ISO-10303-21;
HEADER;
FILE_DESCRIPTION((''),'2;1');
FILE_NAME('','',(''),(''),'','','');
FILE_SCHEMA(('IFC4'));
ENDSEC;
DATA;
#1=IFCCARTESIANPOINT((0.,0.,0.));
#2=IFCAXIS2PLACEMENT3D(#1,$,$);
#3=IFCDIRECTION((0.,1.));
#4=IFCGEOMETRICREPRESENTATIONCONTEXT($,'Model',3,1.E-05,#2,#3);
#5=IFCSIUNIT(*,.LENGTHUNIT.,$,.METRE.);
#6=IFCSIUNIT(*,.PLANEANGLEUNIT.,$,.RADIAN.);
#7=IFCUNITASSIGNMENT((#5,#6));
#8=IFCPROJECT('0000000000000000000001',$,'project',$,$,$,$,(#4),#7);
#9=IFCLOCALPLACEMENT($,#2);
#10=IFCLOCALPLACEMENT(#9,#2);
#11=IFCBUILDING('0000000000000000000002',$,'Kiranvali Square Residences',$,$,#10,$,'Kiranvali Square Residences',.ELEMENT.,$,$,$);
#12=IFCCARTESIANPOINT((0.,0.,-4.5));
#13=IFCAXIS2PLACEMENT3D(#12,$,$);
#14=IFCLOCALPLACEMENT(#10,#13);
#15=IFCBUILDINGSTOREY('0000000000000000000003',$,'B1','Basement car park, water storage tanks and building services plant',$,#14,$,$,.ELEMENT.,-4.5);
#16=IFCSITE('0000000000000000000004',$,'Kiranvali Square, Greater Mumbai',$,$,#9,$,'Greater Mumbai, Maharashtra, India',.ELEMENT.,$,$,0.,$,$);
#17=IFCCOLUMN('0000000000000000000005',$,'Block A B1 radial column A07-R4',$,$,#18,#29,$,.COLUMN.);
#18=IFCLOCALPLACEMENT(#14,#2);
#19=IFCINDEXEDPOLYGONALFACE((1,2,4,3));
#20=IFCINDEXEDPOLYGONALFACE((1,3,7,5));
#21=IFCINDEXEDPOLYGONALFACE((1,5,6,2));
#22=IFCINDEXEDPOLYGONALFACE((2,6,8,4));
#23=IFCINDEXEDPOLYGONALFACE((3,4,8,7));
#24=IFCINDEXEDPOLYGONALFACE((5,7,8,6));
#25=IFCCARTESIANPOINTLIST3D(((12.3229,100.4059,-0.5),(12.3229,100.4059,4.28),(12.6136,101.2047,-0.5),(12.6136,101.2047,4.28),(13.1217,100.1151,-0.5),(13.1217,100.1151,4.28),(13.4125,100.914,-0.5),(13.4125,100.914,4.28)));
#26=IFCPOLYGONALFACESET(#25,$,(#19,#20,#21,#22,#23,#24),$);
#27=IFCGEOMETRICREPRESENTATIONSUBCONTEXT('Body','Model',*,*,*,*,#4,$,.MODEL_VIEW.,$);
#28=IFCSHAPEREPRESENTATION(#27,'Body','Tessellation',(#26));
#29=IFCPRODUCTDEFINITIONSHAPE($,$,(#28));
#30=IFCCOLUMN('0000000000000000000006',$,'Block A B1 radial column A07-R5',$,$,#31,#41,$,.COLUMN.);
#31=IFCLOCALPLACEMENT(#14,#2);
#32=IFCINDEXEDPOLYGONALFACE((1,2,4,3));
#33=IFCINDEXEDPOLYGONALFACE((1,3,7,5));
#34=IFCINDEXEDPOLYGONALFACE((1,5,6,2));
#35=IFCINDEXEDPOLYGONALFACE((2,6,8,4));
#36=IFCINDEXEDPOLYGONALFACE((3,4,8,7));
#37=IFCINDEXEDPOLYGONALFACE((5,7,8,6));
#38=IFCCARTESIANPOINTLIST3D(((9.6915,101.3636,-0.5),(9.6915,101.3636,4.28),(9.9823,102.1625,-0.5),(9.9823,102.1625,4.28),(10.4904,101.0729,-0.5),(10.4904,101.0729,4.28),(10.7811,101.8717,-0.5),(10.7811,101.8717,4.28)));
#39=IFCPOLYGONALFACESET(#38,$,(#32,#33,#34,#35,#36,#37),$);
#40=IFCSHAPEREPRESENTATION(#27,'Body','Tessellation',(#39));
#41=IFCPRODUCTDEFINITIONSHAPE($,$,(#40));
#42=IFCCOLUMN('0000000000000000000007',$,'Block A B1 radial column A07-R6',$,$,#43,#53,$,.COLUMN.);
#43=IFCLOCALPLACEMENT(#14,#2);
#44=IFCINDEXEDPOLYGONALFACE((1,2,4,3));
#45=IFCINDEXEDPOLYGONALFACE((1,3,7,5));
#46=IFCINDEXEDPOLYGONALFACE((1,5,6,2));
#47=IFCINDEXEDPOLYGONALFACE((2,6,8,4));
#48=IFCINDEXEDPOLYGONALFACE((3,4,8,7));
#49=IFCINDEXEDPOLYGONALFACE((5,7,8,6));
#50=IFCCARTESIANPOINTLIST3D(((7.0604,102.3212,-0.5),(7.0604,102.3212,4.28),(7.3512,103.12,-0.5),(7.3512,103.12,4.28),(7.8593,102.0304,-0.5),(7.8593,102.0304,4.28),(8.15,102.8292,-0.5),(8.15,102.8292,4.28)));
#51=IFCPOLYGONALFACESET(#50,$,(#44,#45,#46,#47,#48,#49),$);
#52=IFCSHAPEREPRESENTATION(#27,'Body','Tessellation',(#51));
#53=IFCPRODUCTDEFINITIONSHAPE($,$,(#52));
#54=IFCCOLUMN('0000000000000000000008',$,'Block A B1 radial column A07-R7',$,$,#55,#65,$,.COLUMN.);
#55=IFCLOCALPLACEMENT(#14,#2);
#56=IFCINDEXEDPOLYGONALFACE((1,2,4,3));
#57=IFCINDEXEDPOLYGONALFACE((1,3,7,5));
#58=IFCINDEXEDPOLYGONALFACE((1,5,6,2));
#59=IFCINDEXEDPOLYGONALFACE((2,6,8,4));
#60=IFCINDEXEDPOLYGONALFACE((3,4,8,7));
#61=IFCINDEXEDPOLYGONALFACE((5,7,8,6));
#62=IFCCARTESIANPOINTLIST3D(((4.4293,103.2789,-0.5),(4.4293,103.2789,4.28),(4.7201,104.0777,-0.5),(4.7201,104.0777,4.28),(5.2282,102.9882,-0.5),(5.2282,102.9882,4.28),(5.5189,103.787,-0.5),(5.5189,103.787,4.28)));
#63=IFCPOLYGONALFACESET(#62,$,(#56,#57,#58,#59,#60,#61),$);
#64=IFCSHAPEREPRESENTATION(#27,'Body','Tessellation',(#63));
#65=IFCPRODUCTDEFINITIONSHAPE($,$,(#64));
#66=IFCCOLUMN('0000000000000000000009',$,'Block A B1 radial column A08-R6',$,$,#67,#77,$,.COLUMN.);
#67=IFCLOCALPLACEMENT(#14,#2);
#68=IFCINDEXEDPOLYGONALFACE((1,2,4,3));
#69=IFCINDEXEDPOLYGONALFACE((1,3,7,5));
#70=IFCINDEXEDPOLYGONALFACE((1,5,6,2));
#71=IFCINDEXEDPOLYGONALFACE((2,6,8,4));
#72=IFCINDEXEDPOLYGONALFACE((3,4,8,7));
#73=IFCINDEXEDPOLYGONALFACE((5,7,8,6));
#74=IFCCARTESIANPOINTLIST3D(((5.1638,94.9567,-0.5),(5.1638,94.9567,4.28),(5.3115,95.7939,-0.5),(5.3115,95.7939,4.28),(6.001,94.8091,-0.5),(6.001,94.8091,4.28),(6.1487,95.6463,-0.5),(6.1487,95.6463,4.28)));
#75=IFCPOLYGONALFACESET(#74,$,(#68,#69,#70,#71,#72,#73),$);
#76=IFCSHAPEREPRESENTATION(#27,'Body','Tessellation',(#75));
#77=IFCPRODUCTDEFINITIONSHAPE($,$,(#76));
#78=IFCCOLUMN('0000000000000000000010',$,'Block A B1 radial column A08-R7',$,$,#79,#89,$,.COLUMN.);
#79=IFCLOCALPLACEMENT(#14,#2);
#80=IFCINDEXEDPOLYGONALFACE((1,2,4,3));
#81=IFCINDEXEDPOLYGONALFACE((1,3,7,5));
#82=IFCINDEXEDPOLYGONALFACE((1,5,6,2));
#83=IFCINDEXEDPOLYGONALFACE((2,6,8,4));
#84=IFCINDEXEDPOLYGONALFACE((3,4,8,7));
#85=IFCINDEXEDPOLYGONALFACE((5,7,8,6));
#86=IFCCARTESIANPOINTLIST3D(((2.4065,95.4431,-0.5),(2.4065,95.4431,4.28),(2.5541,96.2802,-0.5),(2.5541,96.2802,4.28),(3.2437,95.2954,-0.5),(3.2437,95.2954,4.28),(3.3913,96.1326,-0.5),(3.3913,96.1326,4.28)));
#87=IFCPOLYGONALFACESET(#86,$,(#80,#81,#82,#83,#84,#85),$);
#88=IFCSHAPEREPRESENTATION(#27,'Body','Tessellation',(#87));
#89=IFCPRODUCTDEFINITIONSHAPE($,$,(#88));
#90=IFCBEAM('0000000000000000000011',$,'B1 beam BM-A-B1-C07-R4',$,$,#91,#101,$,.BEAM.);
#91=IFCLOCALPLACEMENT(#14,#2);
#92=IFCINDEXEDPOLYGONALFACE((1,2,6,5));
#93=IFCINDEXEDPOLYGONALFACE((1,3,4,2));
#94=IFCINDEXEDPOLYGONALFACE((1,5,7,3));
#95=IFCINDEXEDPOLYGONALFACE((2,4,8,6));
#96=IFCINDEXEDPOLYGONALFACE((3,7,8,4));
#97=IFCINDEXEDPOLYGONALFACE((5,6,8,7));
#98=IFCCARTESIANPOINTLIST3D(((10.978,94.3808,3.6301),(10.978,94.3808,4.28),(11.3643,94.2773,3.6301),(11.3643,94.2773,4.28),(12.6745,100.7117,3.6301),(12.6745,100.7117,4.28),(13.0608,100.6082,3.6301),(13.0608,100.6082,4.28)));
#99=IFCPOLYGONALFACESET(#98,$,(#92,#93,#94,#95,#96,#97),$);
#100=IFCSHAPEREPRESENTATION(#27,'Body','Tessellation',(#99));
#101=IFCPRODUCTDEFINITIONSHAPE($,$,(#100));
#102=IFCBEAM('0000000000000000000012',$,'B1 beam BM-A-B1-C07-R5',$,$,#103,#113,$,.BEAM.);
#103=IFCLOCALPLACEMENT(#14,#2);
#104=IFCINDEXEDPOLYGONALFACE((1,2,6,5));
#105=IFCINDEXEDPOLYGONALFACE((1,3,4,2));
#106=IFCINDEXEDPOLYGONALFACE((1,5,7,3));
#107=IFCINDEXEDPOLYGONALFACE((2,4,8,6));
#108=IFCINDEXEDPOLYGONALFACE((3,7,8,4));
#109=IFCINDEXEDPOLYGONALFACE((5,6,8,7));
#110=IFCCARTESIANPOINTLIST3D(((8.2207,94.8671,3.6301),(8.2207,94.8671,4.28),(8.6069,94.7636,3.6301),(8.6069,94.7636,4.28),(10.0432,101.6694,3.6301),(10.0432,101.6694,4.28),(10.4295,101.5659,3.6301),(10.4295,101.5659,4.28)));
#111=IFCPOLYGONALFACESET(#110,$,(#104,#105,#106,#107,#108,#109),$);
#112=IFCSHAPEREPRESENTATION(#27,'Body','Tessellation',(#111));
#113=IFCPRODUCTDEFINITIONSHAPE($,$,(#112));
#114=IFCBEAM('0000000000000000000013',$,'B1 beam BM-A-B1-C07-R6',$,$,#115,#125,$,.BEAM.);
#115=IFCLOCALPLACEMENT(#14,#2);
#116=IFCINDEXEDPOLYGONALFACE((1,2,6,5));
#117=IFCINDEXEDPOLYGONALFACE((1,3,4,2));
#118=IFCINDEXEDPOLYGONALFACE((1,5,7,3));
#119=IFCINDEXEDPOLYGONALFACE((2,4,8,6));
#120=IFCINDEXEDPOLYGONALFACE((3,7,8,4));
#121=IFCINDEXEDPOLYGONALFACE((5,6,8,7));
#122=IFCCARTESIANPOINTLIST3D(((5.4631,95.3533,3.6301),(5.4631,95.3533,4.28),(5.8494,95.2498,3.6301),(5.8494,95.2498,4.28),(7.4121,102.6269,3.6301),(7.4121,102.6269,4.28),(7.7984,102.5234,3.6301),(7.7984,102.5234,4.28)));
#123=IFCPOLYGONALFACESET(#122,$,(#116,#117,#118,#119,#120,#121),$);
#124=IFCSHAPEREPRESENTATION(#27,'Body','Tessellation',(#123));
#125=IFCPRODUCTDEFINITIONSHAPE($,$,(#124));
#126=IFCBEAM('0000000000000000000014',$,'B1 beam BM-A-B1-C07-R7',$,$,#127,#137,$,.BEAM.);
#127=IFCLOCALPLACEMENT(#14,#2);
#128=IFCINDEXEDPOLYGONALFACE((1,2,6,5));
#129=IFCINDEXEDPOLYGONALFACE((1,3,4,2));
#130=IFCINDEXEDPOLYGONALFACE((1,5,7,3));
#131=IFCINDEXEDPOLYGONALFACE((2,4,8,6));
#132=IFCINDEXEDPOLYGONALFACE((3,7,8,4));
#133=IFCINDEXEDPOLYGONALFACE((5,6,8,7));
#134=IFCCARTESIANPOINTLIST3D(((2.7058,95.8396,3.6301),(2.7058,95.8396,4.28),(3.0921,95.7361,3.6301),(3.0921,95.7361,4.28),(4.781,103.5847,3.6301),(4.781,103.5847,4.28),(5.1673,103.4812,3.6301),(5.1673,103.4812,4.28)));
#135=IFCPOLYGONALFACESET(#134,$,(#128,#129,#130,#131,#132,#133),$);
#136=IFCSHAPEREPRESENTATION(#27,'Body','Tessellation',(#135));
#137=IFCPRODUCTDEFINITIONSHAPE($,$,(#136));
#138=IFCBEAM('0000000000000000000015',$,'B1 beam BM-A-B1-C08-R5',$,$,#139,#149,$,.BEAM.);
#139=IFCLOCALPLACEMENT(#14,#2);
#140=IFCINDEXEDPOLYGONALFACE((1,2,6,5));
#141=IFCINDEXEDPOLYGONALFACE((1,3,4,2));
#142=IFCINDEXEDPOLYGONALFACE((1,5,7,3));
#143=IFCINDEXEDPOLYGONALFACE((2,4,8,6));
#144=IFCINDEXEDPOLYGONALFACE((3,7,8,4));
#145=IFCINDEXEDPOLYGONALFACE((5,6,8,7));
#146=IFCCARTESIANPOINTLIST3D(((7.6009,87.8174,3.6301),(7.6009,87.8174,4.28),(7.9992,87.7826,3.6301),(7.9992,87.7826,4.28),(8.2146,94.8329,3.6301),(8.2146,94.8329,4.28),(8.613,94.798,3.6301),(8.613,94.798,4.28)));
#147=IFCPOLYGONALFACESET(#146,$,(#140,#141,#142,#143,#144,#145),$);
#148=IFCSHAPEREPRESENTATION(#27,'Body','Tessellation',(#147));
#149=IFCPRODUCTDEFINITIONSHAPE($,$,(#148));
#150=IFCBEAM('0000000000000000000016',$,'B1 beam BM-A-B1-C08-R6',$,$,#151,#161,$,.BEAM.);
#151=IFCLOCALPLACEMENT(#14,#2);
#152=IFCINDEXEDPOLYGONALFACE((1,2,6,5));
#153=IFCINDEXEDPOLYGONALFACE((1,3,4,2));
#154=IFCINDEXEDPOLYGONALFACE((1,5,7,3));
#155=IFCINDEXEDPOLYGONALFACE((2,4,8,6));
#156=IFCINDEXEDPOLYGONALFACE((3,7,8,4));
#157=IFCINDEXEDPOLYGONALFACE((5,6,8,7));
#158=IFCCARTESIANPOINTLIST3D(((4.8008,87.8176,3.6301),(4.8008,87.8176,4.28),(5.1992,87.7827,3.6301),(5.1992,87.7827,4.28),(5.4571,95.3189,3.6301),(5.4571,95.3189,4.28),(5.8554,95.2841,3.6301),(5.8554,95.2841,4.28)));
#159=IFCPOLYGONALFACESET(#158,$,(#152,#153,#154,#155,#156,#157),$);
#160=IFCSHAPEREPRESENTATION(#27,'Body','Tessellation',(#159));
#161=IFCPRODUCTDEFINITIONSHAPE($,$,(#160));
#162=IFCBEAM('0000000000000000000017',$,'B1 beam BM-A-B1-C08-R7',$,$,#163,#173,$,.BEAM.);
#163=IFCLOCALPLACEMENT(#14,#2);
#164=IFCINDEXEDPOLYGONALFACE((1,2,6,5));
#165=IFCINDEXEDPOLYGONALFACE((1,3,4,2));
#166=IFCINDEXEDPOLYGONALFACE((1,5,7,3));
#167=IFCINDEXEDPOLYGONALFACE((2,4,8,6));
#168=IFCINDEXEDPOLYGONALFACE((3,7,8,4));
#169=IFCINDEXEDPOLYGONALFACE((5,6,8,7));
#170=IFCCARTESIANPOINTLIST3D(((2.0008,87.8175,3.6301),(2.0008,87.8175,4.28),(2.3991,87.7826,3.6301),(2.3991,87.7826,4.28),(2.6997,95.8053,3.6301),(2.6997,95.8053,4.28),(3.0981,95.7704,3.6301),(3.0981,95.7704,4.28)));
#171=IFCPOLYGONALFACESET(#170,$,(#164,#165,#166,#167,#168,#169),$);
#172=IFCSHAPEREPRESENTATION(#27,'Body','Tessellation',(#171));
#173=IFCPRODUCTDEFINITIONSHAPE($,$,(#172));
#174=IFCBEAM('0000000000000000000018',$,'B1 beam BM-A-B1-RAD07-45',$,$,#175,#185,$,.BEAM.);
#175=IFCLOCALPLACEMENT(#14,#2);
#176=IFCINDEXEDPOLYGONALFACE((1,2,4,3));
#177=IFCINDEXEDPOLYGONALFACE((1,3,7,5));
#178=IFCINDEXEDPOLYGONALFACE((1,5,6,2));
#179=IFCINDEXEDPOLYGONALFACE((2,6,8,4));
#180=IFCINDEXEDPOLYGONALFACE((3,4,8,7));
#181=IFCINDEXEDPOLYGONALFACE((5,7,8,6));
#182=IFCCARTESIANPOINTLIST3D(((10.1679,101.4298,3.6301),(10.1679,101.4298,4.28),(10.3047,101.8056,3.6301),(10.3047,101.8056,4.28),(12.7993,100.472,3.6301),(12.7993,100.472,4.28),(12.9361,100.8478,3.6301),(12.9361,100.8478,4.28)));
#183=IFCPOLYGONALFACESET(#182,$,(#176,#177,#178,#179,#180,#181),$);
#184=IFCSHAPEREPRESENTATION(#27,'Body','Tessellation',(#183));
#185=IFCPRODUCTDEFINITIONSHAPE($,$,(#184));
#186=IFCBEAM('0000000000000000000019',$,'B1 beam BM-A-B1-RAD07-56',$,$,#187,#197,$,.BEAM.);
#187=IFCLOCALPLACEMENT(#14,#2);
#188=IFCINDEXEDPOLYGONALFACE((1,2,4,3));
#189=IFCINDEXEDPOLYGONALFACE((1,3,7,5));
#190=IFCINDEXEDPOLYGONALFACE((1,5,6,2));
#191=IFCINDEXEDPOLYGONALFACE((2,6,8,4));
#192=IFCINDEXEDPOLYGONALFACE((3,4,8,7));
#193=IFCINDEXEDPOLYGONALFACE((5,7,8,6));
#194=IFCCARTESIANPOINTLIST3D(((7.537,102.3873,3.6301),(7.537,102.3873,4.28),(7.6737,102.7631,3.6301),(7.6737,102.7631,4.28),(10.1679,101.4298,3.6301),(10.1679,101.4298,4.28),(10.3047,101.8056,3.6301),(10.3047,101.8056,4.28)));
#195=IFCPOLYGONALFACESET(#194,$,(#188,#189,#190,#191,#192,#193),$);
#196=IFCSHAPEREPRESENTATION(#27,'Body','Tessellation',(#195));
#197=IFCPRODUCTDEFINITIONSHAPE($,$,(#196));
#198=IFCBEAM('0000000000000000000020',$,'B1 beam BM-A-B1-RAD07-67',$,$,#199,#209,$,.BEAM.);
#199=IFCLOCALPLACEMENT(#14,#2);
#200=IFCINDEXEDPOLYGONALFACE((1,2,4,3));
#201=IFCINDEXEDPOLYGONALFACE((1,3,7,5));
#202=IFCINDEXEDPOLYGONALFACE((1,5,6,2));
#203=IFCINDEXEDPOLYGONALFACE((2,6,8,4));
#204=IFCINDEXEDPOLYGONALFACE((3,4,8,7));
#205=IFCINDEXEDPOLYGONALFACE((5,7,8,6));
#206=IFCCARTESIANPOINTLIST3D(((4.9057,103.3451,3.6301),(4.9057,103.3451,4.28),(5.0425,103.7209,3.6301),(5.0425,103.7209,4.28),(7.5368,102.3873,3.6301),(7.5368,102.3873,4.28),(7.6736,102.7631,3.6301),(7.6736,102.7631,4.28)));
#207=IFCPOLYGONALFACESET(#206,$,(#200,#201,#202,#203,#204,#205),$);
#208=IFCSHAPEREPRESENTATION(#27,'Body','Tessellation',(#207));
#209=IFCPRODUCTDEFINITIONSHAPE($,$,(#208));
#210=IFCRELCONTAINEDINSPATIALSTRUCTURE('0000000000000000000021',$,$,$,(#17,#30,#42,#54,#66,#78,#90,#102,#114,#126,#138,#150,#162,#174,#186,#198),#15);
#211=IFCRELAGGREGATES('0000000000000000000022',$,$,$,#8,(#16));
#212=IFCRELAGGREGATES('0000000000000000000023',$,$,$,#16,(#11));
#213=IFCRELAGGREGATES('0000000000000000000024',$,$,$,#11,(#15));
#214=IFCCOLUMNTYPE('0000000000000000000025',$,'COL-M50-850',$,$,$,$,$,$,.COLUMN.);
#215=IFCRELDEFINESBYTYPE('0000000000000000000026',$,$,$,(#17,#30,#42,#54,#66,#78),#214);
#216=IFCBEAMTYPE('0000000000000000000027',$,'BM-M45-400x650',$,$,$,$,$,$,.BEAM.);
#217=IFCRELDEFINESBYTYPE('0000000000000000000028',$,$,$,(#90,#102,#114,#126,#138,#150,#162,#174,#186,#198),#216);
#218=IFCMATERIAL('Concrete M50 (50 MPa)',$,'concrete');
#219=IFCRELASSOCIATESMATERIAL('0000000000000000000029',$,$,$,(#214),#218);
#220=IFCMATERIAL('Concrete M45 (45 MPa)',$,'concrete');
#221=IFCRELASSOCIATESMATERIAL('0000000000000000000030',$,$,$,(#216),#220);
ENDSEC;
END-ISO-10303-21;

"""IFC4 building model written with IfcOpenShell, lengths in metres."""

from ifc_helpers import new_model, si_unit, direction, frame, origin, origin_2d, place, context, subcontext, project, spatial, rectangle, extrude, material, material_profile, profile_set, type_object, element, save


model = new_model("IFC4")

# Units and contexts
model_context = context("Model", 3, precision=1e-05, world=origin(), true_north=direction((0.0, 1.0)))
body_context = subcontext(model_context, "Body", "Model", "MODEL_VIEW")
ifc_project = project(units=[si_unit("LENGTHUNIT", "METRE"), si_unit("PLANEANGLEUNIT", "RADIAN")], contexts=[model_context])

# Site, building, storey
site_placement = place(None, origin())
site = spatial("IfcSite", under=ifc_project, at=site_placement, Name="Kiranvali Square, Greater Mumbai", LongName="Greater Mumbai, Maharashtra, India", CompositionType="ELEMENT", RefElevation=0.0)
building_placement = place(site_placement, origin())
building = spatial("IfcBuilding", under=site, at=building_placement, Name="Kiranvali Square Residences", LongName="Kiranvali Square Residences", CompositionType="ELEMENT")
storey_placement = place(building_placement, frame((0.0, 0.0, -4.5)))
storey = spatial("IfcBuildingStorey", under=building, at=storey_placement, Name="B1", Description="Basement car park, water storage tanks and building services plant", CompositionType="ELEMENT", Elevation=-4.5)

# Columns
ifc_material_1 = material(Name="Concrete M50 (50 MPa)", Category="concrete")
ifc_material_profile_1 = material_profile(ifc_material_1, rectangle(XDim=0.8501, YDim=0.8501, at=origin_2d()), Name="RC 850x850")
ifc_profile_set_1 = profile_set([ifc_material_profile_1], Name="Concrete M50 (50 MPa)")
column_type = type_object("IfcColumnType", Name="COL-M50-850", PredefinedType="COLUMN", material=ifc_profile_set_1)
for number, where, z_axis, x_axis, name in (
    (1, (12.8677, 100.6599, -0.5), (0.0, 0.0, 1.0), (0.34202, 0.939693, 0.0), "Block A B1 radial column A07-R4"),
    (2, (10.2363, 101.6177, -0.5), (0.0, 0.0, 1.0), (0.34202, 0.939693, 0.0), "Block A B1 radial column A07-R5"),
    (3, (7.6052, 102.5752, -0.5), (0.0, 0.0, 1.0), (0.34202, 0.939693, 0.0), "Block A B1 radial column A07-R6"),
    (4, (4.9741, 103.533, -0.5), (0.0, 0.0, 1.0), (0.34202, 0.939693, 0.0), "Block A B1 radial column A07-R7"),
    (5, (5.6562, 95.3015, -0.5), (0.0, 0.0, 1.0), (0.173648, 0.984808, 0.0), "Block A B1 radial column A08-R6"),
    (6, (2.8989, 95.7878, -0.5), (0.0, 0.0, 1.0), (0.173648, 0.984808, 0.0), "Block A B1 radial column A08-R7"),
):
    element("IfcColumn", number, at=place(storey_placement, frame(where, z_axis=z_axis, x_axis=x_axis)), inside=storey, type_object=column_type, Name=name, PredefinedType="COLUMN", context=body_context, shape_type="SweptSolid", body=[
        extrude(rectangle(XDim=0.8501, YDim=0.8501, at=origin_2d()), origin(), (0.0, 0.0, 1.0), 4.78),
    ])

# Beams
ifc_material_2 = material(Name="Concrete M45 (45 MPa)", Category="concrete")
ifc_material_profile_2 = material_profile(ifc_material_2, rectangle(XDim=0.3999, YDim=0.6499, at=origin_2d()), Name="RC 400x650")
ifc_profile_set_2 = profile_set([ifc_material_profile_2], Name="Concrete M45 (45 MPa)")
beam_type = type_object("IfcBeamType", Name="BM-M45-400x650", PredefinedType="BEAM", material=ifc_profile_set_2)
beam_1_placement = place(storey_placement, frame((12.8677, 100.6599, 3.9551), z_axis=(-0.258847, -0.965918, 0.0), x_axis=(0.965918, -0.258847, 0.0)))
element("IfcBeam", 7, at=beam_1_placement, inside=storey, type_object=beam_type, Name="B1 beam BM-A-B1-C07-R4", PredefinedType="BEAM", context=body_context, shape_type="SweptSolid", body=[
    extrude(rectangle(XDim=0.3999, YDim=0.6499, at=origin_2d()), origin(), (0.0, 0.0, 1.0), 6.5542),
])
beam_2_placement = place(storey_placement, frame((10.2363, 101.6177, 3.9551), z_axis=(-0.2588, -0.965931, 0.0), x_axis=(0.965931, -0.2588, 0.0)))
element("IfcBeam", 8, at=beam_2_placement, inside=storey, type_object=beam_type, Name="B1 beam BM-A-B1-C07-R5", PredefinedType="BEAM", context=body_context, shape_type="SweptSolid", body=[
    extrude(rectangle(XDim=0.3999, YDim=0.6499, at=origin_2d()), origin(), (0.0, 0.0, 1.0), 7.0422),
])
beam_3_placement = place(storey_placement, frame((7.6052, 102.5752, 3.9551), z_axis=(-0.258819, -0.965926, 0.0), x_axis=(0.965926, -0.258819, 0.0)))
element("IfcBeam", 9, at=beam_3_placement, inside=storey, type_object=beam_type, Name="B1 beam BM-A-B1-C07-R6", PredefinedType="BEAM", context=body_context, shape_type="SweptSolid", body=[
    extrude(rectangle(XDim=0.3999, YDim=0.6499, at=origin_2d()), origin(), (0.0, 0.0, 1.0), 7.5303),
])
beam_4_placement = place(storey_placement, frame((4.9741, 103.533, 3.9551), z_axis=(-0.258807, -0.965929, 0.0), x_axis=(0.965929, -0.258807, 0.0)))
element("IfcBeam", 10, at=beam_4_placement, inside=storey, type_object=beam_type, Name="B1 beam BM-A-B1-C07-R7", PredefinedType="BEAM", context=body_context, shape_type="SweptSolid", body=[
    extrude(rectangle(XDim=0.3999, YDim=0.6499, at=origin_2d()), origin(), (0.0, 0.0, 1.0), 8.0183),
])
beam_5_placement = place(storey_placement, frame((8.4138, 94.8154, 3.9551), z_axis=(-0.087156, -0.996195, 0.0), x_axis=(0.996195, -0.087156, 0.0)))
element("IfcBeam", 11, at=beam_5_placement, inside=storey, type_object=beam_type, Name="B1 beam BM-A-B1-C08-R5", PredefinedType="BEAM", context=body_context, shape_type="SweptSolid", body=[
    extrude(rectangle(XDim=0.3999, YDim=0.6499, at=origin_2d()), origin(), (0.0, 0.0, 1.0), 7.0422),
])
beam_6_placement = place(storey_placement, frame((5.6562, 95.3015, 3.9551), z_axis=(-0.08715, -0.996195, 0.0), x_axis=(0.996195, -0.08715, 0.0)))
element("IfcBeam", 12, at=beam_6_placement, inside=storey, type_object=beam_type, Name="B1 beam BM-A-B1-C08-R6", PredefinedType="BEAM", context=body_context, shape_type="SweptSolid", body=[
    extrude(rectangle(XDim=0.3999, YDim=0.6499, at=origin_2d()), origin(), (0.0, 0.0, 1.0), 7.53),
])
beam_7_placement = place(storey_placement, frame((2.8989, 95.7878, 3.9551), z_axis=(-0.087172, -0.996193, 0.0), x_axis=(0.996193, -0.087172, 0.0)))
element("IfcBeam", 13, at=beam_7_placement, inside=storey, type_object=beam_type, Name="B1 beam BM-A-B1-C08-R7", PredefinedType="BEAM", context=body_context, shape_type="SweptSolid", body=[
    extrude(rectangle(XDim=0.3999, YDim=0.6499, at=origin_2d()), origin(), (0.0, 0.0, 1.0), 8.0183),
])
beam_8_placement = place(storey_placement, frame((12.8677, 100.6599, 3.9551), z_axis=(-0.939689, 0.34203, 0.0), x_axis=(-0.34203, -0.939689, 0.0)))
element("IfcBeam", 14, at=beam_8_placement, inside=storey, type_object=beam_type, Name="B1 beam BM-A-B1-RAD07-45", PredefinedType="BEAM", context=body_context, shape_type="SweptSolid", body=[
    extrude(rectangle(XDim=0.3999, YDim=0.6499, at=origin_2d()), origin(), (0.0, 0.0, 1.0), 2.8003),
])
beam_9_placement = place(storey_placement, frame((10.2363, 101.6177, 3.9551), z_axis=(-0.939707, 0.341981, 0.0), x_axis=(-0.341981, -0.939707, 0.0)))
element("IfcBeam", 15, at=beam_9_placement, inside=storey, type_object=beam_type, Name="B1 beam BM-A-B1-RAD07-56", PredefinedType="BEAM", context=body_context, shape_type="SweptSolid", body=[
    extrude(rectangle(XDim=0.3999, YDim=0.6499, at=origin_2d()), origin(), (0.0, 0.0, 1.0), 2.7998),
])
for number, where, z_axis, x_axis, name in (
    (16, (7.6052, 102.5752, 3.9551), (-0.939679, 0.342058, 0.0), (-0.342058, -0.939679, 0.0), "B1 beam BM-A-B1-RAD07-67"),
):
    element("IfcBeam", number, at=place(storey_placement, frame(where, z_axis=z_axis, x_axis=x_axis)), inside=storey, type_object=beam_type, Name=name, PredefinedType="BEAM", context=body_context, shape_type="SweptSolid", body=[
        extrude(rectangle(XDim=0.3999, YDim=0.6499, at=origin_2d()), origin(), (0.0, 0.0, 1.0), 2.8),
    ])

save(model, "model.ifc")
